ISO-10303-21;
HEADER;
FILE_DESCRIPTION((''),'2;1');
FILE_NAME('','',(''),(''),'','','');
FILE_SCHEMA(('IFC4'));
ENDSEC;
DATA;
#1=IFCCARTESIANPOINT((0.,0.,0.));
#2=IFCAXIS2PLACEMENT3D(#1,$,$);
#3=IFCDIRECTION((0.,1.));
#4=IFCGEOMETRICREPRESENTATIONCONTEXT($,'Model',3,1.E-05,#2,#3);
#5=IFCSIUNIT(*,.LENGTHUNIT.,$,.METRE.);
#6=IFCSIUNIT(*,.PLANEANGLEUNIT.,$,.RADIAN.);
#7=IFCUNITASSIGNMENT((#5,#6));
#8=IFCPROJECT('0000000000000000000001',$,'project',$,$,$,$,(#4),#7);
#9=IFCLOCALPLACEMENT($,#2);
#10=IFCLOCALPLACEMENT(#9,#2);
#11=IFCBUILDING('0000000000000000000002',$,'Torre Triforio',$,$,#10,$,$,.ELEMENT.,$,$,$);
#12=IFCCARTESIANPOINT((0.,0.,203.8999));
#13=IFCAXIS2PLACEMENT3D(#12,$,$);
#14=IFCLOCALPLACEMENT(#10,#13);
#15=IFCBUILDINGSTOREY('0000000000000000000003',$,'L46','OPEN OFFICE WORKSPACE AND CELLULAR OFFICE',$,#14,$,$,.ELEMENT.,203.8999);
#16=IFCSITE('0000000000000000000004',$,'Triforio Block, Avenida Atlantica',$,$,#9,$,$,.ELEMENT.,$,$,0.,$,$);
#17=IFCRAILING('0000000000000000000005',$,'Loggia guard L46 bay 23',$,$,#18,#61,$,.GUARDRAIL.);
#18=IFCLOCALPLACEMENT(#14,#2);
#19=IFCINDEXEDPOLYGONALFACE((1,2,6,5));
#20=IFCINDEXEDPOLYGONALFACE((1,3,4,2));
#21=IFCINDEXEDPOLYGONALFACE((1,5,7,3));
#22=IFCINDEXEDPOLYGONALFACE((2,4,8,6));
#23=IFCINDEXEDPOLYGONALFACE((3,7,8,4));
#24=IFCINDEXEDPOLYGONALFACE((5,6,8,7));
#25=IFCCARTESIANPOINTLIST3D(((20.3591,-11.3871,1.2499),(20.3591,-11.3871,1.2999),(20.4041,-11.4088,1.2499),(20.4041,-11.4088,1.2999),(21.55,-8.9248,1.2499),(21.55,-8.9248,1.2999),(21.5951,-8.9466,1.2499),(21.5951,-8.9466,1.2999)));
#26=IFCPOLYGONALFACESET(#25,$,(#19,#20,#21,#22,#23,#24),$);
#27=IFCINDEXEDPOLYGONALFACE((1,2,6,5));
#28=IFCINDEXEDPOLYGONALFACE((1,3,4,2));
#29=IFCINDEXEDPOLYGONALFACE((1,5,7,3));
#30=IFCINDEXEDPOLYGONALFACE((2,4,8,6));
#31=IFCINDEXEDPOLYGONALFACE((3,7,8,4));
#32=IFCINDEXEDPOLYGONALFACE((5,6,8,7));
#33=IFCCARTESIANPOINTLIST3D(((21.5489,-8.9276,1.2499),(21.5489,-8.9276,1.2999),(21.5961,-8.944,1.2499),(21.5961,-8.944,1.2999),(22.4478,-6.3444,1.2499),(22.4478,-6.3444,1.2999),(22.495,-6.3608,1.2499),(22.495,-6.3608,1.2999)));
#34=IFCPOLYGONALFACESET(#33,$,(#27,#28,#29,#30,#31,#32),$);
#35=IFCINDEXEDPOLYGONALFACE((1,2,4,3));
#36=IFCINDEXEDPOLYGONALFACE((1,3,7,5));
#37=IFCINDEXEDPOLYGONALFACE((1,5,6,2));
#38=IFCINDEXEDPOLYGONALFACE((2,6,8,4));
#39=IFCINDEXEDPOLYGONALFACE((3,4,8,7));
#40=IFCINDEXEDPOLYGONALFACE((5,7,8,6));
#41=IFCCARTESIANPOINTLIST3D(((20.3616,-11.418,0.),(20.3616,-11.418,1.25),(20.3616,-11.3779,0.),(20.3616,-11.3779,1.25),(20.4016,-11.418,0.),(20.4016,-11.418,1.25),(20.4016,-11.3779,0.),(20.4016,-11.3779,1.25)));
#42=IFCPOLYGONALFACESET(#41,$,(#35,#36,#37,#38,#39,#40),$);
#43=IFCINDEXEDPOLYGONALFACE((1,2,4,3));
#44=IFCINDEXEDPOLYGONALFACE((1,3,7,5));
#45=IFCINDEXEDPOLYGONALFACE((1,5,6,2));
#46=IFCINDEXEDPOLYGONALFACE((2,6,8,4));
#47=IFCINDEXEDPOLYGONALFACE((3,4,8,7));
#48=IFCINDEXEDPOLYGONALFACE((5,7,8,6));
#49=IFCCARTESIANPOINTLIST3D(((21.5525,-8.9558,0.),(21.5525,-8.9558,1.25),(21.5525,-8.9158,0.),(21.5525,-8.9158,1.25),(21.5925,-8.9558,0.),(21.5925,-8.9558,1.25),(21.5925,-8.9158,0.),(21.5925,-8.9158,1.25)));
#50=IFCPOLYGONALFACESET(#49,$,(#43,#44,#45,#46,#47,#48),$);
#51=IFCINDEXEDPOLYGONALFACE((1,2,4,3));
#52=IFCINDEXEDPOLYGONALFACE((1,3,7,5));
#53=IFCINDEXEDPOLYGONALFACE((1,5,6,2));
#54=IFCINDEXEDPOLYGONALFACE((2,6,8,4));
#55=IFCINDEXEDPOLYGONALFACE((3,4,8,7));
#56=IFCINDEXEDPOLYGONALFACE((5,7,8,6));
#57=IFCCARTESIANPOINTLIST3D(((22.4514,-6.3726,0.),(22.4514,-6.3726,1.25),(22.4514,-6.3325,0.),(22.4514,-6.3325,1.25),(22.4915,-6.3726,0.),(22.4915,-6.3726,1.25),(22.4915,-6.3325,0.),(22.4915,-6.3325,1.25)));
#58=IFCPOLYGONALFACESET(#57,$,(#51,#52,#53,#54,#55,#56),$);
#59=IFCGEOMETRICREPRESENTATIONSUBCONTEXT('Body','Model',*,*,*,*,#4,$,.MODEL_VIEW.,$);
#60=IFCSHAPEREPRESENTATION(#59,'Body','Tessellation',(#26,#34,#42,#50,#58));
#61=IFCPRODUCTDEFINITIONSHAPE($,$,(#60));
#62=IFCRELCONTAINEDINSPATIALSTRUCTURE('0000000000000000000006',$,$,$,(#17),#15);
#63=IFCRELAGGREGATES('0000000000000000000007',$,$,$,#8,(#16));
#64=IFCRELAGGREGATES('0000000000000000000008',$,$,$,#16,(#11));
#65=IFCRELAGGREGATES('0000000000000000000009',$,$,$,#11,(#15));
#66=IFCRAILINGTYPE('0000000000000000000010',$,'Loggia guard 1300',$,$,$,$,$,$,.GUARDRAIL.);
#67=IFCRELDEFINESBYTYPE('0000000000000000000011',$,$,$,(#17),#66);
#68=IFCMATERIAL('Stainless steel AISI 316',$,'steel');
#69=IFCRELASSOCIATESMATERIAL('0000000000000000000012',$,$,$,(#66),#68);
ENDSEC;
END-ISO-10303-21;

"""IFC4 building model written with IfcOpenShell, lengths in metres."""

from ifc_helpers import new_model, si_unit, direction, frame, origin, origin_2d, place, context, subcontext, project, spatial, rectangle, extrude, material, type_object, element, save


model = new_model("IFC4")

# Units and contexts
model_context = context("Model", 3, precision=1e-05, world=origin(), true_north=direction((0.0, 1.0)))
body_context = subcontext(model_context, "Body", "Model", "MODEL_VIEW")
ifc_project = project(units=[si_unit("LENGTHUNIT", "METRE"), si_unit("PLANEANGLEUNIT", "RADIAN")], contexts=[model_context])

# Site, building, storey
site_placement = place(None, origin())
site = spatial("IfcSite", under=ifc_project, at=site_placement, Name="Triforio Block, Avenida Atlantica", CompositionType="ELEMENT", RefElevation=0.0)
building_placement = place(site_placement, origin())
building = spatial("IfcBuilding", under=site, at=building_placement, Name="Torre Triforio", CompositionType="ELEMENT")
storey_placement = place(building_placement, frame((0.0, 0.0, 203.8999)))
storey = spatial("IfcBuildingStorey", under=building, at=storey_placement, Name="L46", Description="OPEN OFFICE WORKSPACE AND CELLULAR OFFICE", CompositionType="ELEMENT", Elevation=203.8999)

# Railing
ifc_material_1 = material(Name="Stainless steel AISI 316", Category="steel")
railing_type = type_object("IfcRailingType", Name="Loggia guard 1300", PredefinedType="GUARDRAIL", material=ifc_material_1)
railing_1_placement = place(storey_placement, frame((20.3816, -11.3979, 0.0)))
element("IfcRailing", 1, at=railing_1_placement, inside=storey, type_object=railing_type, Name="Loggia guard L46 bay 23", PredefinedType="GUARDRAIL", context=body_context, shape_type="SweptSolid", body=[
    extrude(rectangle(XDim=0.05, YDim=0.05, at=origin_2d()), frame((0.0, 0.0, 1.2749), z_axis=(0.435428, 0.900224, 0.0), x_axis=(-0.900224, 0.435428, 0.0)), (0.0, 0.0, 1.0), 2.7351),
    extrude(rectangle(XDim=0.05, YDim=0.05, at=origin_2d()), frame((1.1909, 2.4622, 1.2749), z_axis=(0.328652, 0.944451, 0.0), x_axis=(-0.944451, 0.328652, 0.0)), (0.0, 0.0, 1.0), 2.7351),
    extrude(rectangle(XDim=0.04, YDim=0.04, at=origin_2d()), origin(), (0.0, 0.0, 1.0), 1.25),
    extrude(rectangle(XDim=0.04, YDim=0.04, at=origin_2d()), frame((1.1909, 2.4622, 0.0)), (0.0, 0.0, 1.0), 1.25),
    extrude(rectangle(XDim=0.04, YDim=0.04, at=origin_2d()), frame((2.0898, 5.0454, 0.0)), (0.0, 0.0, 1.0), 1.25),
])

save(model, "model.ifc")
